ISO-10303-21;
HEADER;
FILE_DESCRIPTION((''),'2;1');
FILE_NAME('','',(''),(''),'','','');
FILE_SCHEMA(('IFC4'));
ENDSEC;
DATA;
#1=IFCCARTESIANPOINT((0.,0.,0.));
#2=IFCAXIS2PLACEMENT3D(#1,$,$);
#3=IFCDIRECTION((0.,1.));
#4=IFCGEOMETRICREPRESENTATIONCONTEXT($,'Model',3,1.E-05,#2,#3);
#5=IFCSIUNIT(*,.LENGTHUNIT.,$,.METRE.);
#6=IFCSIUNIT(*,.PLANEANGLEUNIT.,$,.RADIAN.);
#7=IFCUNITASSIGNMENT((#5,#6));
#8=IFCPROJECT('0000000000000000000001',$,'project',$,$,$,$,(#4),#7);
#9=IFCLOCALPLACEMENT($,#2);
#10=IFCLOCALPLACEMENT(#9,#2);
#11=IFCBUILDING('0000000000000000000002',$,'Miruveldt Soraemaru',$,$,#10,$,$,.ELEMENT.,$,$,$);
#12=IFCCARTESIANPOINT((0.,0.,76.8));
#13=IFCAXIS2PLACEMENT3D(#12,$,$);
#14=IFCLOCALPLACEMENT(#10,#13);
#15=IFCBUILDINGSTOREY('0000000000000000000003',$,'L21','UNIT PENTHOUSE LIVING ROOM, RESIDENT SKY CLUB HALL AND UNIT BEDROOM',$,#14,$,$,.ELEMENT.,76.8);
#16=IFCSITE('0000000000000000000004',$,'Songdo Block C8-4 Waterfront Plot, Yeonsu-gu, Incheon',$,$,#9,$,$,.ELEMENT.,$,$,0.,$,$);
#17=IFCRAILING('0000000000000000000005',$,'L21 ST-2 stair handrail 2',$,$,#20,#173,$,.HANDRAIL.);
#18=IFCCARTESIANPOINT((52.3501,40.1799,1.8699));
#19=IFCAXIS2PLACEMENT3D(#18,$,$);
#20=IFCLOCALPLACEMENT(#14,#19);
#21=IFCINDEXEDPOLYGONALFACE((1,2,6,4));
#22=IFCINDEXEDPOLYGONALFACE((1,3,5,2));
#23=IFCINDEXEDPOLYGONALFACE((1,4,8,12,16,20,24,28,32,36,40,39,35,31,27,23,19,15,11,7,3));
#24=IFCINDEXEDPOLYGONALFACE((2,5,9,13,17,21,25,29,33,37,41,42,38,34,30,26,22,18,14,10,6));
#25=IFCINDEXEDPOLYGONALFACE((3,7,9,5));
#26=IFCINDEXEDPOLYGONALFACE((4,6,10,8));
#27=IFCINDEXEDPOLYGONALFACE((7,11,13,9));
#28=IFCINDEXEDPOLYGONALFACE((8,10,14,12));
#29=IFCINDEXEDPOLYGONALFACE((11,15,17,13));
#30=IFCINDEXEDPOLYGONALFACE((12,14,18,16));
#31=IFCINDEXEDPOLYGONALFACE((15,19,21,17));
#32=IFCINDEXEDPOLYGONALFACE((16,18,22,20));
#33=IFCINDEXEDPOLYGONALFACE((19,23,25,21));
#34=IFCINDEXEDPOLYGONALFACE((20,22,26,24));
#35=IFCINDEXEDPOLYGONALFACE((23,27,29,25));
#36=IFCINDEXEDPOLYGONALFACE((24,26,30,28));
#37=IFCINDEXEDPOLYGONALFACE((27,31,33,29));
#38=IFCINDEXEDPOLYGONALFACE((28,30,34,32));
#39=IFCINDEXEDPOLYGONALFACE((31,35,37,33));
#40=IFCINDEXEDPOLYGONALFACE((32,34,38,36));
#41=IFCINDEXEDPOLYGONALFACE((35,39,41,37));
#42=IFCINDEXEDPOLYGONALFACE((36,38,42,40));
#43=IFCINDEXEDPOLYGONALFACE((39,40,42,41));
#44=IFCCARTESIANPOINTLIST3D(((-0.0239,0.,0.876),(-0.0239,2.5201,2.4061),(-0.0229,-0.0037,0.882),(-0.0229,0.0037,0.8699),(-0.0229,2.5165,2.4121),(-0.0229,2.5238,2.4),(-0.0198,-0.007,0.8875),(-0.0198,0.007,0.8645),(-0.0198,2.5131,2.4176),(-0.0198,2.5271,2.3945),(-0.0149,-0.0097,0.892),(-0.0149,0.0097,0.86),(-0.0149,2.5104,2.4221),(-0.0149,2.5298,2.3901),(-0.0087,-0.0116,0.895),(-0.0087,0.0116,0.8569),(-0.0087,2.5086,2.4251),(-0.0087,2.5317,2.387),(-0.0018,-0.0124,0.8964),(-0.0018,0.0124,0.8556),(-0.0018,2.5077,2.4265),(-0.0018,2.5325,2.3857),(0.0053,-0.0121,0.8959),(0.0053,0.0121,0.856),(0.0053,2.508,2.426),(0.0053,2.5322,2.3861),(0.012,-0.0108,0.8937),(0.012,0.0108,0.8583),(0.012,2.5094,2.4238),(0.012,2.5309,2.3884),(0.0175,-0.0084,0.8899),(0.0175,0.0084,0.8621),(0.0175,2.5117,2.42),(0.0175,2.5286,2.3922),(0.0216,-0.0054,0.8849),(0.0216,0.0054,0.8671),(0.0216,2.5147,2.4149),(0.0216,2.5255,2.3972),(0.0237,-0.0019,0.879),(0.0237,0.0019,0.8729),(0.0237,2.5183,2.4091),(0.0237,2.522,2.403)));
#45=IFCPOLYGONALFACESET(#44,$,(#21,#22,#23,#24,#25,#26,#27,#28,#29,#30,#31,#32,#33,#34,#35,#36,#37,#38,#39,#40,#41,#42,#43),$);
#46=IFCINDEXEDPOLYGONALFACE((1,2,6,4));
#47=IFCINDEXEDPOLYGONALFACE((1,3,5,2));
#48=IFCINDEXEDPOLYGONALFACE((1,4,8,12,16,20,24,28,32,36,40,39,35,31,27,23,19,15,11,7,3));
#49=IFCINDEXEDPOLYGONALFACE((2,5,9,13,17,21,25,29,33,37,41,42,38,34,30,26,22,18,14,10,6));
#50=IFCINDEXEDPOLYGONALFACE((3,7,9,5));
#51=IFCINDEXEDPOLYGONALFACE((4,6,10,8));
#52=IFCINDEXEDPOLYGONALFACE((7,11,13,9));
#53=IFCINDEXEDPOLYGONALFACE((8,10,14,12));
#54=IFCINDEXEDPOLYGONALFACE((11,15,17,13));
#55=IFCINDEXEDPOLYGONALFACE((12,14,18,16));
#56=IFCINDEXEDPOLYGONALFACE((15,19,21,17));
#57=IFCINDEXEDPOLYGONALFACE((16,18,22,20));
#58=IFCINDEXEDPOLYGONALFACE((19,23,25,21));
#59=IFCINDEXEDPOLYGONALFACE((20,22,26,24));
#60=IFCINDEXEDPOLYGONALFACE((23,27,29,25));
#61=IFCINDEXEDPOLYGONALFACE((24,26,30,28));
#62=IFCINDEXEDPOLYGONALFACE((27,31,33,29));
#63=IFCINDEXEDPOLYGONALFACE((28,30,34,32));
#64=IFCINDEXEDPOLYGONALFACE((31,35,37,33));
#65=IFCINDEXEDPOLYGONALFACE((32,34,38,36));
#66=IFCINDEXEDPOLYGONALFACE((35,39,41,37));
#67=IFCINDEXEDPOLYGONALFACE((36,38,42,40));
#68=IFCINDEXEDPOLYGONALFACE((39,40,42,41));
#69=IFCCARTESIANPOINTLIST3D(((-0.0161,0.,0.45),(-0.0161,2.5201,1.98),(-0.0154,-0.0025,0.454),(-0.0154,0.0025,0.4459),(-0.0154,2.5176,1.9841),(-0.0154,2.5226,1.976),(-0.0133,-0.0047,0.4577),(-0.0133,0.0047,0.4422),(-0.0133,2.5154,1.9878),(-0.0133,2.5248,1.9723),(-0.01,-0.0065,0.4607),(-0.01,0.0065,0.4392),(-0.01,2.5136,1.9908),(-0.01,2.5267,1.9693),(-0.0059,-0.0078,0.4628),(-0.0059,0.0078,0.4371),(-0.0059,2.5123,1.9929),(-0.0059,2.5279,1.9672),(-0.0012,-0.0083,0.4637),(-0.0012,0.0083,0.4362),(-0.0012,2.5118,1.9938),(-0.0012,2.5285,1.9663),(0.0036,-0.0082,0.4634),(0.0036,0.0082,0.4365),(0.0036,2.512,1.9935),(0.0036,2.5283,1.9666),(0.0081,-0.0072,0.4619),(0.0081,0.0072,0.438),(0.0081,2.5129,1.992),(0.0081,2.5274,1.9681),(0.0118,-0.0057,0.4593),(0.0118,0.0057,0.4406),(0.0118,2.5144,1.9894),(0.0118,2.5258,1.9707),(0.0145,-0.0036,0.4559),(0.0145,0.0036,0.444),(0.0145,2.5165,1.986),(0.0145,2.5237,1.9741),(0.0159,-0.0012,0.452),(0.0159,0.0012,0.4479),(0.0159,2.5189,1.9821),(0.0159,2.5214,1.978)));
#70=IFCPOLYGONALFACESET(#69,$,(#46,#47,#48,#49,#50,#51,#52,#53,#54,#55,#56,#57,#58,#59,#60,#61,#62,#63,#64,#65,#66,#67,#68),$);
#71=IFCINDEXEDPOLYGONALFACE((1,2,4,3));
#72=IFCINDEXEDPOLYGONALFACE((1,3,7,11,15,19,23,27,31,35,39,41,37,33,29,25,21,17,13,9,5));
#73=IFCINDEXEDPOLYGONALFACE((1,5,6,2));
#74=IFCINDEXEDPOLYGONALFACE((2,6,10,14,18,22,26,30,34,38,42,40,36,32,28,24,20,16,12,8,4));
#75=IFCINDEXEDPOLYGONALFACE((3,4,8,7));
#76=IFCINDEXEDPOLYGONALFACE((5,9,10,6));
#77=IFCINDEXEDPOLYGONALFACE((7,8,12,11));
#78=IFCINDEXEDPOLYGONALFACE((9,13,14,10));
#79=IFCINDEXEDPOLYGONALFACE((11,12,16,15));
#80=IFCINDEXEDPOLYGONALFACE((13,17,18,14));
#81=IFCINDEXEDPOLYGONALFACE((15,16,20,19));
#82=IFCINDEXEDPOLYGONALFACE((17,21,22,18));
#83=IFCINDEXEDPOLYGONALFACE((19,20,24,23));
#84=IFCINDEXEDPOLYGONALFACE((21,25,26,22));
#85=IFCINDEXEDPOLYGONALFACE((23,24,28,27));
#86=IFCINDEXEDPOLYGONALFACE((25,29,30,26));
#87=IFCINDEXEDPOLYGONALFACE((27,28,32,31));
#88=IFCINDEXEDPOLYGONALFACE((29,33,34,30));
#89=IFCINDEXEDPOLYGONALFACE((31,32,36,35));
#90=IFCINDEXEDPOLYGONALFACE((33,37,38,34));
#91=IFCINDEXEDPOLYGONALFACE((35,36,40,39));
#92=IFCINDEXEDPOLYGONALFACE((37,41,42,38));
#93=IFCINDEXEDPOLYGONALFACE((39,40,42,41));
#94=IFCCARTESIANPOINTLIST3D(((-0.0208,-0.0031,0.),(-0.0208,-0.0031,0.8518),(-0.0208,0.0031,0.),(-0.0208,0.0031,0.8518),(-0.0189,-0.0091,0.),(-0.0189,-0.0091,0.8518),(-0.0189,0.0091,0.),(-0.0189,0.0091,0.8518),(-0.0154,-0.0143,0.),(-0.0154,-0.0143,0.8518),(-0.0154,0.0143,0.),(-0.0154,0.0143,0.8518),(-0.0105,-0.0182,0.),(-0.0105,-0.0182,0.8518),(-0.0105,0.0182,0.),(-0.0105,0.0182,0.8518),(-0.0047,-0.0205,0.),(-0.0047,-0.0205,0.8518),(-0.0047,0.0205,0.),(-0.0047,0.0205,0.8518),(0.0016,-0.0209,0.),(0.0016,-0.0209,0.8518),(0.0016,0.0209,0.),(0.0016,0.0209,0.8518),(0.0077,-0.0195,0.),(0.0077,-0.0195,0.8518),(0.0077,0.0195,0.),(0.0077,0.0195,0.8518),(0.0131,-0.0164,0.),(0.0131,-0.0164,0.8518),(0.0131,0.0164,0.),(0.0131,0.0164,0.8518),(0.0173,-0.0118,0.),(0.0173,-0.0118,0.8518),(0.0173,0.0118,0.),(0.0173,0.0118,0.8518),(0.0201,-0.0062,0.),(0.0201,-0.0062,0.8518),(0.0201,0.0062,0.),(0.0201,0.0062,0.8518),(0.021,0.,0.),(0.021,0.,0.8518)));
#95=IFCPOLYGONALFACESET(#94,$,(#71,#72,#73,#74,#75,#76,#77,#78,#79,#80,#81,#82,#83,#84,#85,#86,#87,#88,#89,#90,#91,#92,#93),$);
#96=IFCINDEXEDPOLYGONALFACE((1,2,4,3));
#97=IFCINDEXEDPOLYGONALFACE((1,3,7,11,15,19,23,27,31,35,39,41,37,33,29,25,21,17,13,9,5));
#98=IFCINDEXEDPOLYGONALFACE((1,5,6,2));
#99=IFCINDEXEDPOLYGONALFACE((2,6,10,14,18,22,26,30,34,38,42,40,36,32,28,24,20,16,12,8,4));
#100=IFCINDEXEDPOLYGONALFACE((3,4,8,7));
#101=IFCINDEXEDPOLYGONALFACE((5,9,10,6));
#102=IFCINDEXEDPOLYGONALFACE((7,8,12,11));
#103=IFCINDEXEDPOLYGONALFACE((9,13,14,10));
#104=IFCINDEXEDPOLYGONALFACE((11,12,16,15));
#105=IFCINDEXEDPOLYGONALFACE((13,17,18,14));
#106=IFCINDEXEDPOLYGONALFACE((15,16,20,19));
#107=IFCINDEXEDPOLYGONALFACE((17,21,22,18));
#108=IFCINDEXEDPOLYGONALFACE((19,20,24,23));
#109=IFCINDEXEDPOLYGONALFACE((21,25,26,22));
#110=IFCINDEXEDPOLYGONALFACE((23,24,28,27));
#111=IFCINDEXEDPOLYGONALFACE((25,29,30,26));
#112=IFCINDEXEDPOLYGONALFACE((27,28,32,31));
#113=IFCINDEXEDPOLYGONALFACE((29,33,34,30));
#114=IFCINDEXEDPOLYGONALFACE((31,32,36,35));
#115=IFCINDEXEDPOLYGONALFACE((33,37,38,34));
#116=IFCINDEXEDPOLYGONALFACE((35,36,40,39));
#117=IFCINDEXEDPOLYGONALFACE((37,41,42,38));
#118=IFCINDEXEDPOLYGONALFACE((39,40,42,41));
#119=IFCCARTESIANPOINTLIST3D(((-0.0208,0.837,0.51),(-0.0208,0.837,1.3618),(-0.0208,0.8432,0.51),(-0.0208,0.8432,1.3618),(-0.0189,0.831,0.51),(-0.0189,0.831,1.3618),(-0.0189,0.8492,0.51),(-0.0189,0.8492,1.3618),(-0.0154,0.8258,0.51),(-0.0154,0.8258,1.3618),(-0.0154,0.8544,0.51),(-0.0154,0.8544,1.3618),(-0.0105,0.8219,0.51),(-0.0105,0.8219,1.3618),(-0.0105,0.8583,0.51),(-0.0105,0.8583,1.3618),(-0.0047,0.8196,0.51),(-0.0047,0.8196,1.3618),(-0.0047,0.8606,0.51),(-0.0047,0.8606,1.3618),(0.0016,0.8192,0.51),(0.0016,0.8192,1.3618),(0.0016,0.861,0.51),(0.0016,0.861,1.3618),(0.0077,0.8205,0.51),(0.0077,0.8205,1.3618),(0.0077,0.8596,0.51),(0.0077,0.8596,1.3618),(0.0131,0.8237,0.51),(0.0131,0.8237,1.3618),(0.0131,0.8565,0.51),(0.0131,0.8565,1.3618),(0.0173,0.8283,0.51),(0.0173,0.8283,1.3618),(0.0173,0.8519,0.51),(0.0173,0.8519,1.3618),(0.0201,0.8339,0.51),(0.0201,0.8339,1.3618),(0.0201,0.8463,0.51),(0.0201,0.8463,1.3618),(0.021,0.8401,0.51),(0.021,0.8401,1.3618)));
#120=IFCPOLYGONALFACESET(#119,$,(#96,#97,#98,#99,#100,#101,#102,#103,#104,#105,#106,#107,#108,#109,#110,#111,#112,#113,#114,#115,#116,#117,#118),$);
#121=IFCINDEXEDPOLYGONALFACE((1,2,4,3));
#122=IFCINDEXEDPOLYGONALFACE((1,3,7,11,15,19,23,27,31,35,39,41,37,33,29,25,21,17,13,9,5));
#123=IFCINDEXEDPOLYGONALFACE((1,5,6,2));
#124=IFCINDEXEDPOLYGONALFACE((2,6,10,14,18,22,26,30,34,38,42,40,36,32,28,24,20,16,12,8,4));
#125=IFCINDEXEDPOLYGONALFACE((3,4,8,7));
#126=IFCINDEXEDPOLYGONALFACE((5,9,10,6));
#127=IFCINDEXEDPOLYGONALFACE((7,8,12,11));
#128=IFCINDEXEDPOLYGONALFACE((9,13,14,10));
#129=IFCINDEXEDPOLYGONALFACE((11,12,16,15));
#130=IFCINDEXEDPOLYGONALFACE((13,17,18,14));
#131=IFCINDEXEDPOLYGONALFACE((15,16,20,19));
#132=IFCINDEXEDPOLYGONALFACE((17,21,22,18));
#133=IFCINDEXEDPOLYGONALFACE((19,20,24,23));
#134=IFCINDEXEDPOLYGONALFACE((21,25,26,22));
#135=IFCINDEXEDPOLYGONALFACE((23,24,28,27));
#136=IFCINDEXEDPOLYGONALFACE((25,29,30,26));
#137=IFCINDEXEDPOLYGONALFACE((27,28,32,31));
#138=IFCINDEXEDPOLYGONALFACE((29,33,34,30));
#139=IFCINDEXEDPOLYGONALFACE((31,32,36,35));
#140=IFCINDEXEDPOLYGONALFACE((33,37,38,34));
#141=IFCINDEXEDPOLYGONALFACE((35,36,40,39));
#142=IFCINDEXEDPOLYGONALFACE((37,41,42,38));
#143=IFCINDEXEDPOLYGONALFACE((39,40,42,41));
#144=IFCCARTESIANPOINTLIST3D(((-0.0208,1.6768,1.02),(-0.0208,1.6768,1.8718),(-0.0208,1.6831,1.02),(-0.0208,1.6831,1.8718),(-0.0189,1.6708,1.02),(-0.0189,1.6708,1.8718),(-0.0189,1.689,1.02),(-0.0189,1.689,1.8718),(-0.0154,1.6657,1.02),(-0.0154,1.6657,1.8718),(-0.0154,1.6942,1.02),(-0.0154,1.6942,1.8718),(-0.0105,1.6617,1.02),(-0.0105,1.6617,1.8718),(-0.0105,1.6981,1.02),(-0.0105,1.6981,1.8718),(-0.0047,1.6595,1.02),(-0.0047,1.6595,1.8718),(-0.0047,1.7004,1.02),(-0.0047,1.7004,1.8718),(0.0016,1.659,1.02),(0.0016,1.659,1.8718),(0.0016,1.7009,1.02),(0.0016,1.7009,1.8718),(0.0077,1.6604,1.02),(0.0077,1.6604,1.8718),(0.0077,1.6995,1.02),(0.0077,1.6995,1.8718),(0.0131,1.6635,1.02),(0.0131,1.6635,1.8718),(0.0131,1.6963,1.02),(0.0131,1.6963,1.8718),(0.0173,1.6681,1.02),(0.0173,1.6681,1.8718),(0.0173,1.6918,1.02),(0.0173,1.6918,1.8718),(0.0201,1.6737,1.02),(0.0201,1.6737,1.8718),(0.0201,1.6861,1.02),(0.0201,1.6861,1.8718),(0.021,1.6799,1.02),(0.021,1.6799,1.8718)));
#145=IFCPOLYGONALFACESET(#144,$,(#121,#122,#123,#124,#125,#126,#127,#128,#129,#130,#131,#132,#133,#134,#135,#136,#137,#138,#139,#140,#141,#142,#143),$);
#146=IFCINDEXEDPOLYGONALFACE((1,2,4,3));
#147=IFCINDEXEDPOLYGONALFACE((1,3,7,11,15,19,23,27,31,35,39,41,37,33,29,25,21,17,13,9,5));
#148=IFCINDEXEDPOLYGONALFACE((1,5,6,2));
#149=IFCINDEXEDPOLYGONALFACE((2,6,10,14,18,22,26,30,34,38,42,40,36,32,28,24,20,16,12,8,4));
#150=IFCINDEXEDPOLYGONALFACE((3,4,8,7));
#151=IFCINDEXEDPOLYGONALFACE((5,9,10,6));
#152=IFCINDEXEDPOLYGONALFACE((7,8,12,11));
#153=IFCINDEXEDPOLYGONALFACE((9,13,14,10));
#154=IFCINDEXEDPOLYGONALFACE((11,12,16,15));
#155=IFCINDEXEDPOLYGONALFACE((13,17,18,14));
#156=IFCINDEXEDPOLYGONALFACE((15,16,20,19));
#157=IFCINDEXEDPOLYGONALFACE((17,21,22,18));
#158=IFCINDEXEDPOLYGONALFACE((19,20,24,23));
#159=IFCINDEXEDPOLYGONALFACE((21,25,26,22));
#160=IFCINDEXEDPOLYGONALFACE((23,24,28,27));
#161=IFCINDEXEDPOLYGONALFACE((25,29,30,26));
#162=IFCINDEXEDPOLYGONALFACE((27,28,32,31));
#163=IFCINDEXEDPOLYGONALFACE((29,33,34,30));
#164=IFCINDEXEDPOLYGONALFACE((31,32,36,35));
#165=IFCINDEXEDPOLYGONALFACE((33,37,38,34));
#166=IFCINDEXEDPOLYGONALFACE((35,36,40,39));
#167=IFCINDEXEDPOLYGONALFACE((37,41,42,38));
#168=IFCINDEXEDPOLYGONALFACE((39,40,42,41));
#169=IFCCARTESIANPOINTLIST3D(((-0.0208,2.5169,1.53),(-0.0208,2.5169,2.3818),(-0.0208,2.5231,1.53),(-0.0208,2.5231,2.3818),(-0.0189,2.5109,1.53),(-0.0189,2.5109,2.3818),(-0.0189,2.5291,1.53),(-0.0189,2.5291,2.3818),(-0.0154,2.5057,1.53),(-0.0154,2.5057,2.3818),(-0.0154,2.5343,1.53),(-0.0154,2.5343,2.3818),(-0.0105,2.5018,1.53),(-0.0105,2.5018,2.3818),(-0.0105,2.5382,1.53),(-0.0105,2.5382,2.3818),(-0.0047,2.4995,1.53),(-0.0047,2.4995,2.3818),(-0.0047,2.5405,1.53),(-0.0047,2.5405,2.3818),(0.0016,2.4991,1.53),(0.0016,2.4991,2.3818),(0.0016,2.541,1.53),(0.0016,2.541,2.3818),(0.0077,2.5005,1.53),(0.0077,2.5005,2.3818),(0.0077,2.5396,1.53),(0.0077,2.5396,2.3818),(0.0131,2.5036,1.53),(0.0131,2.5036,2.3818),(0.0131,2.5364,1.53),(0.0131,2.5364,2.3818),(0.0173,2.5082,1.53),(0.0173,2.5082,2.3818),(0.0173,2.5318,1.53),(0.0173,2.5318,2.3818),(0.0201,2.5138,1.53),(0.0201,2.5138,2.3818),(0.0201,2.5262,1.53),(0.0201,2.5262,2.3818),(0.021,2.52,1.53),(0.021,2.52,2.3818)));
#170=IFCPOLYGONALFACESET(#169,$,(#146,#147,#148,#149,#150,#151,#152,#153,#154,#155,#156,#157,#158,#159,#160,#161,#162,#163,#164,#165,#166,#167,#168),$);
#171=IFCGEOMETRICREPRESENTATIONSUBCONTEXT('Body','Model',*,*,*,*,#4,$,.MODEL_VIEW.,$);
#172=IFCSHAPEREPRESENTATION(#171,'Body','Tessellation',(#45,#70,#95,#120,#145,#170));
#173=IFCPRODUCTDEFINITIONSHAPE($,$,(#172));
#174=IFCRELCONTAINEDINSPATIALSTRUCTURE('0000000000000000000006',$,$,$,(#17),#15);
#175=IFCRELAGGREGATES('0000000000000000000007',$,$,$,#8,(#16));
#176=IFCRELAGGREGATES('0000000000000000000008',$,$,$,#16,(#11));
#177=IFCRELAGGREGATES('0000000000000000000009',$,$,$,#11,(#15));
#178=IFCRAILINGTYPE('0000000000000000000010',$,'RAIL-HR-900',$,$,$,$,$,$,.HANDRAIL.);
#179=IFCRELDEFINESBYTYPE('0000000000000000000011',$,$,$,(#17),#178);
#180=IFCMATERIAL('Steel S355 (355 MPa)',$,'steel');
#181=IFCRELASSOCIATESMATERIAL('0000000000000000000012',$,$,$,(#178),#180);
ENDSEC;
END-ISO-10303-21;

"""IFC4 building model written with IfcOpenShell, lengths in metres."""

from ifc_helpers import new_model, si_unit, direction, frame, origin, origin_2d, place, context, subcontext, project, spatial, circle, extrude, material, type_object, element, save


model = new_model("IFC4")

# Units and contexts
model_context = context("Model", 3, precision=1e-05, world=origin(), true_north=direction((0.0, 1.0)))
body_context = subcontext(model_context, "Body", "Model", "MODEL_VIEW")
ifc_project = project(units=[si_unit("LENGTHUNIT", "METRE"), si_unit("PLANEANGLEUNIT", "RADIAN")], contexts=[model_context])

# Site, building, storey
site_placement = place(None, origin())
site = spatial("IfcSite", under=ifc_project, at=site_placement, Name="Songdo Block C8-4 Waterfront Plot, Yeonsu-gu, Incheon", CompositionType="ELEMENT", RefElevation=0.0)
building_placement = place(site_placement, origin())
building = spatial("IfcBuilding", under=site, at=building_placement, Name="Miruveldt Soraemaru", CompositionType="ELEMENT")
storey_placement = place(building_placement, frame((0.0, 0.0, 76.8)))
storey = spatial("IfcBuildingStorey", under=building, at=storey_placement, Name="L21", Description="UNIT PENTHOUSE LIVING ROOM, RESIDENT SKY CLUB HALL AND UNIT BEDROOM", CompositionType="ELEMENT", Elevation=76.8)

# Railing
ifc_material_1 = material(Name="Steel S355 (355 MPa)", Category="steel")
railing_type_1 = type_object("IfcRailingType", Name="RAIL-HR-900", PredefinedType="HANDRAIL", material=ifc_material_1)
railing_1_placement = place(storey_placement, frame((52.3501, 40.1799, 1.8699)))
element("IfcRailing", 1, at=railing_1_placement, inside=storey, type_object=railing_type_1, Name="L21 ST-2 stair handrail 2", PredefinedType="HANDRAIL", context=body_context, shape_type="SweptSolid", body=[
    extrude(circle(Radius=0.0239, at=origin_2d()), frame((0.0, 0.0, 0.876), z_axis=(0.0, 0.854785, 0.518982), x_axis=(-1.0, 0.0, 0.0)), (0.0, 0.0, 1.0), 2.9482),
    extrude(circle(Radius=0.0161, at=origin_2d()), frame((0.0, 0.0, 0.45), z_axis=(0.0, 0.854785, 0.518982), x_axis=(-1.0, 0.0, 0.0)), (0.0, 0.0, 1.0), 2.9482),
    extrude(circle(Radius=0.021, at=origin_2d()), origin(), (0.0, 0.0, 1.0), 0.8518),
    extrude(circle(Radius=0.021, at=origin_2d()), frame((0.0, 0.8401, 0.51)), (0.0, 0.0, 1.0), 0.8518),
    extrude(circle(Radius=0.021, at=origin_2d()), frame((0.0, 1.6799, 1.02)), (0.0, 0.0, 1.0), 0.8518),
    extrude(circle(Radius=0.021, at=origin_2d()), frame((0.0, 2.52, 1.53)), (0.0, 0.0, 1.0), 0.8518),
])

save(model, "model.ifc")
